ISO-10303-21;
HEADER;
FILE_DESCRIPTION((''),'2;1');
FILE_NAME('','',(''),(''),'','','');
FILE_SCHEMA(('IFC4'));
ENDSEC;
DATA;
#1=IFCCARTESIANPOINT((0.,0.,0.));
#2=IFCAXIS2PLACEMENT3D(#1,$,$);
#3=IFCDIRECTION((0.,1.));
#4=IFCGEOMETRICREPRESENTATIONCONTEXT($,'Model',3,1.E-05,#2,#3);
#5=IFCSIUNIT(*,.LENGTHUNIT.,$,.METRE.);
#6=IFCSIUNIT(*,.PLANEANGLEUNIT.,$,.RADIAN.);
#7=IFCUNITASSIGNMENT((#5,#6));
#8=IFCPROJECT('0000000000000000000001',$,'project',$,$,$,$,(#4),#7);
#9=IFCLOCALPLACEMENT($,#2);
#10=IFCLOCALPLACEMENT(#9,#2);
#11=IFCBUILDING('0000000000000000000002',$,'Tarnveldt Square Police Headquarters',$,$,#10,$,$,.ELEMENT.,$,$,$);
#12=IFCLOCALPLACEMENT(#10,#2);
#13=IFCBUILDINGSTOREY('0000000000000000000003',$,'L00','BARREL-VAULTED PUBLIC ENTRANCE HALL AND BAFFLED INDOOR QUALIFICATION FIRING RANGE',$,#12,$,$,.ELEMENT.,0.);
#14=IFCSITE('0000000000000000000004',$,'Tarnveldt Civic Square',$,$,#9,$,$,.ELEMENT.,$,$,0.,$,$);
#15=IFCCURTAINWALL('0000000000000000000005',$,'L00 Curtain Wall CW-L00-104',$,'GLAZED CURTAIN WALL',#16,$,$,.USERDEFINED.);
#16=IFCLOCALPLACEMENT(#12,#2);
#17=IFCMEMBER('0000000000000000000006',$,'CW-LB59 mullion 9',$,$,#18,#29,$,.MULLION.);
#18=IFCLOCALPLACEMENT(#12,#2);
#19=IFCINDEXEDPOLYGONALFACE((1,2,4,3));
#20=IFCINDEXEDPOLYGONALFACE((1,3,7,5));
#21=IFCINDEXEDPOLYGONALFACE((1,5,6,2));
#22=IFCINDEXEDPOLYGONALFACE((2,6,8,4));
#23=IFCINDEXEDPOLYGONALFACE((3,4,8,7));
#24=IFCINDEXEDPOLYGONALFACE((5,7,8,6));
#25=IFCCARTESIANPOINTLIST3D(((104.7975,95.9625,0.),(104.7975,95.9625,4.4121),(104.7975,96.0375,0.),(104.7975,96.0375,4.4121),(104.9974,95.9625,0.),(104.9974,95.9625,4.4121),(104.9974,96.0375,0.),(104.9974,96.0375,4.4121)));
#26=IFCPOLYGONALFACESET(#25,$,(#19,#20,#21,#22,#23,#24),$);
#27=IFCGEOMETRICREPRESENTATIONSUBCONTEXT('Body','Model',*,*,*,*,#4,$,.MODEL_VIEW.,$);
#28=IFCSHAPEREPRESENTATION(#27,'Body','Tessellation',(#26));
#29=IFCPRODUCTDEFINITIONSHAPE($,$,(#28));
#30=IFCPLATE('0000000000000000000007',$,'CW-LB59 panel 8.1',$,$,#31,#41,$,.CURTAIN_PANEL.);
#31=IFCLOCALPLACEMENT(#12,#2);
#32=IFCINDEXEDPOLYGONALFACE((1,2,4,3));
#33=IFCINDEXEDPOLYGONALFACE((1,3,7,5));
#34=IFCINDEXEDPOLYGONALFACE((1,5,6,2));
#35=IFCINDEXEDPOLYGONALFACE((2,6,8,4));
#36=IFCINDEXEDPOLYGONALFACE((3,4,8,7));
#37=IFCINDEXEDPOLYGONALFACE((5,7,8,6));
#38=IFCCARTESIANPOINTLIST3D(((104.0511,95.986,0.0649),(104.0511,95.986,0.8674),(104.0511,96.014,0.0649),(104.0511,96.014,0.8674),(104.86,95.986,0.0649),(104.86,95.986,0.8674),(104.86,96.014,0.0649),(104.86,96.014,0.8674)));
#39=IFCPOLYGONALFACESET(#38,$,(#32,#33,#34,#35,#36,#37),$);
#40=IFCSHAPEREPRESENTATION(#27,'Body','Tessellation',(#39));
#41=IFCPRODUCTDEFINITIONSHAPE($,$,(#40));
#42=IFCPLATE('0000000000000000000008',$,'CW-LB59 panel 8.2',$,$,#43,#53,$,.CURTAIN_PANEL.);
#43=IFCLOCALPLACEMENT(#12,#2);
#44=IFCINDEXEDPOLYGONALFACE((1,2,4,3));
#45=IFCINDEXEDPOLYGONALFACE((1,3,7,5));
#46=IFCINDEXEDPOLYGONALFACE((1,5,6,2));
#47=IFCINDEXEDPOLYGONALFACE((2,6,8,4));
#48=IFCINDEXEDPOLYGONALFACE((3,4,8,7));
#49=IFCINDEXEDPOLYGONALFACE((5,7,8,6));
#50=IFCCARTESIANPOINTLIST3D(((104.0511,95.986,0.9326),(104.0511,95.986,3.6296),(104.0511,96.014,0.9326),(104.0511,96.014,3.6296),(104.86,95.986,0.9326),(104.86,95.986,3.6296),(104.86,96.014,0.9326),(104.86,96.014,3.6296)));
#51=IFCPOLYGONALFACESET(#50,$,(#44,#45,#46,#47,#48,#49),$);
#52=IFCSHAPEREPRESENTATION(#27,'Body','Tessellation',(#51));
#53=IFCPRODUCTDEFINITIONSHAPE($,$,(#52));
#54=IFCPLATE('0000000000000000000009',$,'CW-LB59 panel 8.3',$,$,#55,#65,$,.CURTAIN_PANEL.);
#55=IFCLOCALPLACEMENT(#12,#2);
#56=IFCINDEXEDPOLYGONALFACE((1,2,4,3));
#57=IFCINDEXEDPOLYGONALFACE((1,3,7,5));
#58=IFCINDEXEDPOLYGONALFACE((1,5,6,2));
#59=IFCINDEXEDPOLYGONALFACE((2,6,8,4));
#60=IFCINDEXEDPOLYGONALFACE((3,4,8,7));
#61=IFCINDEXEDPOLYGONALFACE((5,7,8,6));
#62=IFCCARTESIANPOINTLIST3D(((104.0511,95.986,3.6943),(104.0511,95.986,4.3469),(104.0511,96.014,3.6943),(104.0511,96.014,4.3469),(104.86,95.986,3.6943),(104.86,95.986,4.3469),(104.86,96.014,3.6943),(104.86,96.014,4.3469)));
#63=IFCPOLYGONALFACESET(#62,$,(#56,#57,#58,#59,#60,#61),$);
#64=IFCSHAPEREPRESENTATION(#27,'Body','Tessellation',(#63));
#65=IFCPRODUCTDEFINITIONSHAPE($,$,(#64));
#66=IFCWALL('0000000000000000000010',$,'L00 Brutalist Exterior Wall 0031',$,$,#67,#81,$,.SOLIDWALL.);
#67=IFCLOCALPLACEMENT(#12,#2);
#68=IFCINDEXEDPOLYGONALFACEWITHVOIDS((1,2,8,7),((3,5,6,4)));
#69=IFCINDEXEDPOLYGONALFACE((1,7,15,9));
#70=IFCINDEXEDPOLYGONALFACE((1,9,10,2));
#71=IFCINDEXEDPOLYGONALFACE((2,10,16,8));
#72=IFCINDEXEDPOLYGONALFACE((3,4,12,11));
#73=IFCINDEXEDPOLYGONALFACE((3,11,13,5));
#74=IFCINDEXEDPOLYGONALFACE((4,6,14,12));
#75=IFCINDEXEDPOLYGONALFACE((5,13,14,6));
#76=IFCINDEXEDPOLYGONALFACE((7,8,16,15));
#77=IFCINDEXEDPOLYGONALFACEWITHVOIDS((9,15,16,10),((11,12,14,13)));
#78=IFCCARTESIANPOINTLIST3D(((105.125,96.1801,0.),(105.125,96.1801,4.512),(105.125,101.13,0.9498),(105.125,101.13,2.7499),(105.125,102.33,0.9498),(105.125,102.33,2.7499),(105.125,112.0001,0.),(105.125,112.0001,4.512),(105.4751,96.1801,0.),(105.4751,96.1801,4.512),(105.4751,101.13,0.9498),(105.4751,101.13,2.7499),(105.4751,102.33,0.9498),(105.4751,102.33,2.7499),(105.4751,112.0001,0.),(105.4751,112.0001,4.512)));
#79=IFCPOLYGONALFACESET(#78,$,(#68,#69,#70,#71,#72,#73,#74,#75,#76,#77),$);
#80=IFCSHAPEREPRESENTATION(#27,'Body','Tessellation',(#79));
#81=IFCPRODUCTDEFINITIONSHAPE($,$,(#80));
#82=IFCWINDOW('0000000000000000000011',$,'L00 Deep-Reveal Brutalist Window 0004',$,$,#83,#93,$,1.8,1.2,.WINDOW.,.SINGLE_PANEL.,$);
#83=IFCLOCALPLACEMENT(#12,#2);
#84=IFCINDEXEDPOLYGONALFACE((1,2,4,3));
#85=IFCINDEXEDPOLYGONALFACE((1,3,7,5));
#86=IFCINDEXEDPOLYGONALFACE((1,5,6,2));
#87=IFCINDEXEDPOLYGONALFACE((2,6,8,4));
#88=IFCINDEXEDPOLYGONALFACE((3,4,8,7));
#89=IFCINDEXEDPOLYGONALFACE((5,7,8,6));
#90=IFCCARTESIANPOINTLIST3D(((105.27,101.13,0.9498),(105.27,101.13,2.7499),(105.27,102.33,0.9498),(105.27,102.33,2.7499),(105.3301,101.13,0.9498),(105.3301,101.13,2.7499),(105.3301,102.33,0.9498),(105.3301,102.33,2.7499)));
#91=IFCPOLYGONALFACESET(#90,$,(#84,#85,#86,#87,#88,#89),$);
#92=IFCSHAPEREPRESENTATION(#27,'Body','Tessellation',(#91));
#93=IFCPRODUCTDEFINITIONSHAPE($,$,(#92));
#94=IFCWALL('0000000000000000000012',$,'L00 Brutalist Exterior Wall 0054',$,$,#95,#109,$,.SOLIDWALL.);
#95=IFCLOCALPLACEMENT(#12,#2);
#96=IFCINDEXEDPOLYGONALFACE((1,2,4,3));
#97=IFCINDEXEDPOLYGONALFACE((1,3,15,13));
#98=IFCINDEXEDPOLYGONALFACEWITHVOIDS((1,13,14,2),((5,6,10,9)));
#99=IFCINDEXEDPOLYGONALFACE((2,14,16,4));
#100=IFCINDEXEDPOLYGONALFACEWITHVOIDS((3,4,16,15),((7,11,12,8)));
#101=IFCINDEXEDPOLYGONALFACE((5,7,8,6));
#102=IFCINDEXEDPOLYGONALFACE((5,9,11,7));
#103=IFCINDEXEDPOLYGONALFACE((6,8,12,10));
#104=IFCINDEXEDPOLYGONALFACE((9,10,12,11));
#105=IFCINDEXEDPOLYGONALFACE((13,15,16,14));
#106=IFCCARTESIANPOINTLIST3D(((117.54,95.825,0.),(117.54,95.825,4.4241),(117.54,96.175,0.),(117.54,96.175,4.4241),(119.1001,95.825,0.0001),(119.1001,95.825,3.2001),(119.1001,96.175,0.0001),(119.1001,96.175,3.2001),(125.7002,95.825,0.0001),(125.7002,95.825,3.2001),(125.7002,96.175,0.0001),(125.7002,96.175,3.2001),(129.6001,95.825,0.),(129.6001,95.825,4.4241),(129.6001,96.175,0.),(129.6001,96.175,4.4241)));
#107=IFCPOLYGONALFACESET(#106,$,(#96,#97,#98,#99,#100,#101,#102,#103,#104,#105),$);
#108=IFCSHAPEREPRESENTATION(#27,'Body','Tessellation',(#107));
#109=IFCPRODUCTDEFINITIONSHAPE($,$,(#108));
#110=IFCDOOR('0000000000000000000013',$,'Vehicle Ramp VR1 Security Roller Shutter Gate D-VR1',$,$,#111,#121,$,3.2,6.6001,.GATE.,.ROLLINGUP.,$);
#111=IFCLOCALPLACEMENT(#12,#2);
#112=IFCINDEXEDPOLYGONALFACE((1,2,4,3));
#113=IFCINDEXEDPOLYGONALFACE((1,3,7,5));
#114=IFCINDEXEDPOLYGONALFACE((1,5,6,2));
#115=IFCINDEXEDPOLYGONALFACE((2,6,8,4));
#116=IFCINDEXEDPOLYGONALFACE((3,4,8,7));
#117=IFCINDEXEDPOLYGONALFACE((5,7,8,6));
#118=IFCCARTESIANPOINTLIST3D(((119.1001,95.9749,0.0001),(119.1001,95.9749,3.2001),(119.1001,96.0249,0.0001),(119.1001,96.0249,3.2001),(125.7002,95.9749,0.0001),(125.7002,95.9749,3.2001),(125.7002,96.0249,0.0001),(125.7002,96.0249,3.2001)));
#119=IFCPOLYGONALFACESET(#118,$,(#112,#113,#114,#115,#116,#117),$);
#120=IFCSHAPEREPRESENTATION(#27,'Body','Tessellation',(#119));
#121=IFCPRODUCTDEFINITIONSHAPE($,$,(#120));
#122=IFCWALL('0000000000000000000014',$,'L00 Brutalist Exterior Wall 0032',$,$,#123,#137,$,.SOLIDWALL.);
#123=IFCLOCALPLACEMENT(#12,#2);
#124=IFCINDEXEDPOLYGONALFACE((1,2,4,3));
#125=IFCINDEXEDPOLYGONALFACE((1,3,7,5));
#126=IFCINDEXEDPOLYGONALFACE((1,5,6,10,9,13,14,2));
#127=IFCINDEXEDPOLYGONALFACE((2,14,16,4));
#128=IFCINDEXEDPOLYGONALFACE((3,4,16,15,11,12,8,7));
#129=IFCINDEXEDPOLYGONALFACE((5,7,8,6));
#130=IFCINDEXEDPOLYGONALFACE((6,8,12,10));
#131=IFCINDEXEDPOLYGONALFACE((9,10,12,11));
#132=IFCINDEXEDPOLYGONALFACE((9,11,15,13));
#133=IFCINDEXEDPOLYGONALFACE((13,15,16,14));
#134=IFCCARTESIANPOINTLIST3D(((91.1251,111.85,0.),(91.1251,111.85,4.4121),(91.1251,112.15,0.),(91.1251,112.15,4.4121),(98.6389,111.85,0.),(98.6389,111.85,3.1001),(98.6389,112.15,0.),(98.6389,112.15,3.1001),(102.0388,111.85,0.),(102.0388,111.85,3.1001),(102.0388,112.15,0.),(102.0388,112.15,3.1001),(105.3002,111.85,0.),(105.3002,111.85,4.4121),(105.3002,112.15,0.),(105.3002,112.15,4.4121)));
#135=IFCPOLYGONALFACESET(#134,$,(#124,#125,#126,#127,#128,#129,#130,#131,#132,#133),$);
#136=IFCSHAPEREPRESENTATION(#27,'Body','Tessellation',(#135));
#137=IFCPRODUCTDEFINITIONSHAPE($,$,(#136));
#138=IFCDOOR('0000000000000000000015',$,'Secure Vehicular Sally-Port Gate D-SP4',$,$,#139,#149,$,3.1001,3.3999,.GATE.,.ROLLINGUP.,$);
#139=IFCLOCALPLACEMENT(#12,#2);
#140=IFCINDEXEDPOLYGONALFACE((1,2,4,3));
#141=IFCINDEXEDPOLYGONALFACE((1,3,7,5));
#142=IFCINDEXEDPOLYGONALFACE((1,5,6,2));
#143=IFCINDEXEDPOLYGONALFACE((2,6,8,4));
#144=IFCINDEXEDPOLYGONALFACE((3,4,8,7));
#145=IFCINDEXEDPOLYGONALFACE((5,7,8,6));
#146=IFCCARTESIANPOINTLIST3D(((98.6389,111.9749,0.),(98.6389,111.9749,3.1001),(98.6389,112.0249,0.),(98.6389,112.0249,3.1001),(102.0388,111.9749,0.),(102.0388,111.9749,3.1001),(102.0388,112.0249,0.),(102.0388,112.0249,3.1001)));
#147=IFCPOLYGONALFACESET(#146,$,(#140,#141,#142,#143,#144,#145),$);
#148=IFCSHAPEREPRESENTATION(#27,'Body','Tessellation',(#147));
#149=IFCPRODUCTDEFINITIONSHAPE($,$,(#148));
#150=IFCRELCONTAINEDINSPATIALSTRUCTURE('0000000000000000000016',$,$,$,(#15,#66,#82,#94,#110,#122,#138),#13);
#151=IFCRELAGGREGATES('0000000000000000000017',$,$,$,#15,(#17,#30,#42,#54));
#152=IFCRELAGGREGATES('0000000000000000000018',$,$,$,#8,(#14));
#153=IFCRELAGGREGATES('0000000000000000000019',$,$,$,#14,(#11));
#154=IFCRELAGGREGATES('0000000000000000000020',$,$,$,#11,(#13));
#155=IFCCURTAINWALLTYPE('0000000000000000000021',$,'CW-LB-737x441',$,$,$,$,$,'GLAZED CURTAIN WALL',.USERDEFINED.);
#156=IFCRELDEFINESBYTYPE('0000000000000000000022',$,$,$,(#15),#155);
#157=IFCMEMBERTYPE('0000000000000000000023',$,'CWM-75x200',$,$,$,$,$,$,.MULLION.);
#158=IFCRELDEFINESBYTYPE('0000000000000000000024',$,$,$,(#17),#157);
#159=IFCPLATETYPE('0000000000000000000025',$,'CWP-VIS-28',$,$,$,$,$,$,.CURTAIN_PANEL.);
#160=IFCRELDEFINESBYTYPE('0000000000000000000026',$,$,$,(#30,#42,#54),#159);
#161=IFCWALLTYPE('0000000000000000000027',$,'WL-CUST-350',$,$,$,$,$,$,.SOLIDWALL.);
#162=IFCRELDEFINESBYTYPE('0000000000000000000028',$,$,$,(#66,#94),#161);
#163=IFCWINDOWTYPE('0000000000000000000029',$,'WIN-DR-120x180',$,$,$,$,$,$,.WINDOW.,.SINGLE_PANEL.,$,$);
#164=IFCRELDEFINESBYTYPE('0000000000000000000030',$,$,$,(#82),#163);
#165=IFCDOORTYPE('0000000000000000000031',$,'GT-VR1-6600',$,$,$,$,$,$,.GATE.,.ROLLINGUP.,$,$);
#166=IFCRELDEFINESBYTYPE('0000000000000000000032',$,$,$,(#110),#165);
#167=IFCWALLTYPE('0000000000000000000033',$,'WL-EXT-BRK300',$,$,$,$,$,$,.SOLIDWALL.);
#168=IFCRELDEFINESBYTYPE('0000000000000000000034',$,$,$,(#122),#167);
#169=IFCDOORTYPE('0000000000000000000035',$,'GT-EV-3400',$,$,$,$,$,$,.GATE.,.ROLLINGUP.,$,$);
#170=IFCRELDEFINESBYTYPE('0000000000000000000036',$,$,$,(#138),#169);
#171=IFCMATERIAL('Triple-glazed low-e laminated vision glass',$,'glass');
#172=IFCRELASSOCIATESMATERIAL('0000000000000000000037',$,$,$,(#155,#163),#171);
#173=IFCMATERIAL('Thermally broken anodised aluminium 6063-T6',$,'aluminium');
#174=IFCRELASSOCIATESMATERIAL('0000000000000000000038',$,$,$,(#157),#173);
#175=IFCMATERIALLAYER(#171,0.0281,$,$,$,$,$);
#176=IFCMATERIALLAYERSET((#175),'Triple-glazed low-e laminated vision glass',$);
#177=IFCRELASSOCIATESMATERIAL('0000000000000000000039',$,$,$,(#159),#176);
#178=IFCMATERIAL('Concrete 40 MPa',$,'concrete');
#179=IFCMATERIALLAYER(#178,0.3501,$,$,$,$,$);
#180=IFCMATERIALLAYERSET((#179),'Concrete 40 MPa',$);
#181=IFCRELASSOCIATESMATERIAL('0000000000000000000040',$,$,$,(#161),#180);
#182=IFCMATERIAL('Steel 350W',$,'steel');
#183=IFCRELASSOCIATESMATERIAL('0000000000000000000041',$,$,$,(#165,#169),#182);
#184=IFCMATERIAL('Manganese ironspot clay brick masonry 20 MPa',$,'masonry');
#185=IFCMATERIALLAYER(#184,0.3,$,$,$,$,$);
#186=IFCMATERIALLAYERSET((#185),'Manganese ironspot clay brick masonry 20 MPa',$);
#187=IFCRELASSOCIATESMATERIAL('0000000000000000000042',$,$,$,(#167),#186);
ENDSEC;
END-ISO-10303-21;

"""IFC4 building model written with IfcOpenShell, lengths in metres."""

from ifc_helpers import new_model, si_unit, direction, frame, frame_2d, origin, origin_2d, place, context, subcontext, project, spatial, rectangle, extrude, material, layer, layer_set, material_profile, profile_set, type_object, element, fill, aggregate, save


model = new_model("IFC4")

# Units and contexts
model_context = context("Model", 3, precision=1e-05, world=origin(), true_north=direction((0.0, 1.0)))
body_context = subcontext(model_context, "Body", "Model", "MODEL_VIEW")
ifc_project = project(units=[si_unit("LENGTHUNIT", "METRE"), si_unit("PLANEANGLEUNIT", "RADIAN")], contexts=[model_context])

# Site, building, storey
site_placement = place(None, origin())
site = spatial("IfcSite", under=ifc_project, at=site_placement, Name="Tarnveldt Civic Square", CompositionType="ELEMENT", RefElevation=0.0)
building_placement = place(site_placement, origin())
building = spatial("IfcBuilding", under=site, at=building_placement, Name="Tarnveldt Square Police Headquarters", CompositionType="ELEMENT")
storey_placement = place(building_placement, origin())
storey = spatial("IfcBuildingStorey", under=building, at=storey_placement, Name="L00", Description="BARREL-VAULTED PUBLIC ENTRANCE HALL AND BAFFLED INDOOR QUALIFICATION FIRING RANGE", CompositionType="ELEMENT", Elevation=0.0)

# Shared definitions
ifc_material_1 = material(Name="Concrete 40 MPa", Category="concrete")
ifc_material_2 = material(Name="Steel 350W", Category="steel")

# Curtain wall, member, plates
ifc_material_3 = material(Name="Triple-glazed low-e laminated vision glass", Category="glass")
curtain_wall_type = type_object("IfcCurtainWallType", Name="CW-LB-737x441", ElementType="GLAZED CURTAIN WALL", PredefinedType="USERDEFINED", material=ifc_material_3)
curtain_wall_placement = place(storey_placement, origin())
curtain_wall = element("IfcCurtainWall", 1, at=curtain_wall_placement, inside=storey, type_object=curtain_wall_type, Name="L00 Curtain Wall CW-L00-104", ObjectType="GLAZED CURTAIN WALL", PredefinedType="USERDEFINED")
ifc_material_4 = material(Name="Thermally broken anodised aluminium 6063-T6", Category="aluminium")
ifc_material_profile_1 = material_profile(ifc_material_4, rectangle(XDim=0.075, YDim=0.2, at=origin_2d()), Name="CW-M75x200")
ifc_profile_set_1 = profile_set([ifc_material_profile_1], Name="Thermally broken anodised aluminium 6063-T6")
member_type = type_object("IfcMemberType", Name="CWM-75x200", PredefinedType="MULLION", material=ifc_profile_set_1)
member_placement = place(storey_placement, frame((104.8975, 96.0, 0.0), z_axis=(0.0, 0.0, 1.0), x_axis=(0.0, 1.0, 0.0)))
member = element("IfcMember", 2, at=member_placement, type_object=member_type, Name="CW-LB59 mullion 9", PredefinedType="MULLION", context=body_context, shape_type="SweptSolid", body=[
    extrude(rectangle(XDim=0.075, YDim=0.2, at=origin_2d()), origin(), (0.0, 0.0, 1.0), 4.4121),
])
ifc_layer_1 = layer(ifc_material_3, 0.0281)
ifc_layer_set_1 = layer_set([ifc_layer_1], Name="Triple-glazed low-e laminated vision glass")
plate_type = type_object("IfcPlateType", Name="CWP-VIS-28", PredefinedType="CURTAIN_PANEL", material=ifc_layer_set_1)
plate_1_placement = place(storey_placement, frame((104.4556, 96.0, 0.0649), z_axis=(0.0, 0.0, 1.0), x_axis=(1.0, 0.0, 0.0)))
plate_1 = element("IfcPlate", 3, at=plate_1_placement, type_object=plate_type, Name="CW-LB59 panel 8.1", PredefinedType="CURTAIN_PANEL", context=body_context, shape_type="SweptSolid", body=[
    extrude(rectangle(XDim=0.8088, YDim=0.0281, at=origin_2d()), origin(), (0.0, 0.0, 1.0), 0.8025),
])
plate_2_placement = place(storey_placement, frame((104.4556, 96.0, 0.9326), z_axis=(0.0, 0.0, 1.0), x_axis=(1.0, 0.0, 0.0)))
plate_2 = element("IfcPlate", 4, at=plate_2_placement, type_object=plate_type, Name="CW-LB59 panel 8.2", PredefinedType="CURTAIN_PANEL", context=body_context, shape_type="SweptSolid", body=[
    extrude(rectangle(XDim=0.8088, YDim=0.0281, at=origin_2d()), origin(), (0.0, 0.0, 1.0), 2.697),
])
plate_3_placement = place(storey_placement, frame((104.4556, 96.0, 3.6943), z_axis=(0.0, 0.0, 1.0), x_axis=(1.0, 0.0, 0.0)))
plate_3 = element("IfcPlate", 5, at=plate_3_placement, type_object=plate_type, Name="CW-LB59 panel 8.3", PredefinedType="CURTAIN_PANEL", context=body_context, shape_type="SweptSolid", body=[
    extrude(rectangle(XDim=0.8088, YDim=0.0281, at=origin_2d()), origin(), (0.0, 0.0, 1.0), 0.6526),
])
aggregate(curtain_wall, [member, plate_1, plate_2, plate_3])

# Wall, opening, window
ifc_layer_2 = layer(ifc_material_1, 0.3501)
ifc_layer_set_2 = layer_set([ifc_layer_2], Name="Concrete 40 MPa")
wall_type_1 = type_object("IfcWallType", Name="WL-CUST-350", PredefinedType="SOLIDWALL", material=ifc_layer_set_2)
wall_1_placement = place(storey_placement, frame((105.3, 96.1799, 0.0), z_axis=(0.0, 0.0, 1.0), x_axis=(0.0, 1.0, 0.0)))
wall_1 = element("IfcWall", 6, at=wall_1_placement, inside=storey, type_object=wall_type_1, Name="L00 Brutalist Exterior Wall 0031", PredefinedType="SOLIDWALL", context=body_context, shape_type="SweptSolid", body=[
    extrude(rectangle(XDim=15.8201, YDim=0.3501, at=frame_2d((7.9102, 0.0))), origin(), (0.0, 0.0, 1.0), 4.512),
])
opening_1_placement = place(wall_1_placement, frame((4.95, 0.0, 0.95)))
opening_1 = element("IfcOpeningElement", 7, at=opening_1_placement, cuts=wall_1, PredefinedType="OPENING", context=body_context, shape_type="SweptSolid", body=[
    extrude(rectangle(XDim=1.2, YDim=1.8, at=frame_2d((0.6001, 0.8999))), frame((0.0, 0.1851, 0.0), z_axis=(0.0, -1.0, 0.0), x_axis=(1.0, 0.0, 0.0)), (0.0, 0.0, 1.0), 0.3701),
])
window_type = type_object("IfcWindowType", Name="WIN-DR-120x180", PartitioningType="SINGLE_PANEL", PredefinedType="WINDOW", material=ifc_material_3)
window_placement = place(opening_1_placement, origin())
window = element("IfcWindow", 8, at=window_placement, inside=storey, type_object=window_type, Name="L00 Deep-Reveal Brutalist Window 0004", OverallHeight=1.8, OverallWidth=1.2, PartitioningType="SINGLE_PANEL", PredefinedType="WINDOW", context=body_context, shape_type="SweptSolid", body=[
    extrude(rectangle(XDim=1.2, YDim=1.8, at=frame_2d((0.6001, 0.8999))), frame((0.0, 0.03, 0.0), z_axis=(0.0, -1.0, 0.0), x_axis=(1.0, 0.0, 0.0)), (0.0, 0.0, 1.0), 0.0601),
])
fill(opening_1, window)

# Walls, openings, doors
wall_2_placement = place(storey_placement, frame((129.6001, 96.0, 0.0), z_axis=(0.0, 0.0, 1.0), x_axis=(-1.0, 0.0, 0.0)))
wall_2 = element("IfcWall", 9, at=wall_2_placement, inside=storey, type_object=wall_type_1, Name="L00 Brutalist Exterior Wall 0054", PredefinedType="SOLIDWALL", context=body_context, shape_type="SweptSolid", body=[
    extrude(rectangle(XDim=12.0601, YDim=0.3501, at=frame_2d((6.03, 0.0))), origin(), (0.0, 0.0, 1.0), 4.4241),
])
opening_2_placement = place(wall_2_placement, frame((3.8999, 0.0, 0.0)))
opening_2 = element("IfcOpeningElement", 10, at=opening_2_placement, cuts=wall_2, PredefinedType="OPENING", context=body_context, shape_type="SweptSolid", body=[
    extrude(rectangle(XDim=6.6001, YDim=3.2, at=frame_2d((3.3, 1.6001))), frame((0.0, 0.1851, 0.0), z_axis=(0.0, -1.0, 0.0), x_axis=(1.0, 0.0, 0.0)), (0.0, 0.0, 1.0), 0.3701),
])
door_type_1 = type_object("IfcDoorType", Name="GT-VR1-6600", OperationType="ROLLINGUP", PredefinedType="GATE", material=ifc_material_2)
door_1_placement = place(opening_2_placement, frame((6.6001, 0.0, 0.0), z_axis=(0.0, 0.0, 1.0), x_axis=(-1.0, 0.0, 0.0)))
door_1 = element("IfcDoor", 11, at=door_1_placement, inside=storey, type_object=door_type_1, Name="Vehicle Ramp VR1 Security Roller Shutter Gate D-VR1", OperationType="ROLLINGUP", OverallHeight=3.2, OverallWidth=6.6001, PredefinedType="GATE", context=body_context, shape_type="SweptSolid", body=[
    extrude(rectangle(XDim=6.6001, YDim=3.2, at=frame_2d((3.3, 1.6001))), frame((0.0, 0.0249, 0.0), z_axis=(0.0, -1.0, 0.0), x_axis=(1.0, 0.0, 0.0)), (0.0, 0.0, 1.0), 0.05),
])
fill(opening_2, door_1)
ifc_material_5 = material(Name="Manganese ironspot clay brick masonry 20 MPa", Category="masonry")
ifc_layer_3 = layer(ifc_material_5, 0.3)
ifc_layer_set_3 = layer_set([ifc_layer_3], Name="Manganese ironspot clay brick masonry 20 MPa")
wall_type_2 = type_object("IfcWallType", Name="WL-EXT-BRK300", PredefinedType="SOLIDWALL", material=ifc_layer_set_3)
wall_3_placement = place(storey_placement, frame((105.3, 112.0, 0.0), z_axis=(0.0, 0.0, 1.0), x_axis=(-1.0, 0.0, 0.0)))
wall_3 = element("IfcWall", 12, at=wall_3_placement, inside=storey, type_object=wall_type_2, Name="L00 Brutalist Exterior Wall 0032", PredefinedType="SOLIDWALL", context=body_context, shape_type="SweptSolid", body=[
    extrude(rectangle(XDim=14.175, YDim=0.3, at=frame_2d((7.0874, 0.0))), origin(), (0.0, 0.0, 1.0), 4.4121),
])
opening_3_placement = place(wall_3_placement, frame((3.2612, 0.0, 0.0)))
opening_3 = element("IfcOpeningElement", 13, at=opening_3_placement, cuts=wall_3, PredefinedType="OPENING", context=body_context, shape_type="SweptSolid", body=[
    extrude(rectangle(XDim=3.3999, YDim=3.1001, at=frame_2d((1.7, 1.55))), frame((0.0, 0.1599, 0.0), z_axis=(0.0, -1.0, 0.0), x_axis=(1.0, 0.0, 0.0)), (0.0, 0.0, 1.0), 0.3201),
])
door_type_2 = type_object("IfcDoorType", Name="GT-EV-3400", OperationType="ROLLINGUP", PredefinedType="GATE", material=ifc_material_2)
door_2_placement = place(opening_3_placement, frame((3.3999, 0.0, 0.0), z_axis=(0.0, 0.0, 1.0), x_axis=(-1.0, 0.0, 0.0)))
door_2 = element("IfcDoor", 14, at=door_2_placement, inside=storey, type_object=door_type_2, Name="Secure Vehicular Sally-Port Gate D-SP4", OperationType="ROLLINGUP", OverallHeight=3.1001, OverallWidth=3.3999, PredefinedType="GATE", context=body_context, shape_type="SweptSolid", body=[
    extrude(rectangle(XDim=3.3999, YDim=3.1001, at=frame_2d((1.7, 1.55))), frame((0.0, 0.0249, 0.0), z_axis=(0.0, -1.0, 0.0), x_axis=(1.0, 0.0, 0.0)), (0.0, 0.0, 1.0), 0.05),
])
fill(opening_3, door_2)

save(model, "model.ifc")
